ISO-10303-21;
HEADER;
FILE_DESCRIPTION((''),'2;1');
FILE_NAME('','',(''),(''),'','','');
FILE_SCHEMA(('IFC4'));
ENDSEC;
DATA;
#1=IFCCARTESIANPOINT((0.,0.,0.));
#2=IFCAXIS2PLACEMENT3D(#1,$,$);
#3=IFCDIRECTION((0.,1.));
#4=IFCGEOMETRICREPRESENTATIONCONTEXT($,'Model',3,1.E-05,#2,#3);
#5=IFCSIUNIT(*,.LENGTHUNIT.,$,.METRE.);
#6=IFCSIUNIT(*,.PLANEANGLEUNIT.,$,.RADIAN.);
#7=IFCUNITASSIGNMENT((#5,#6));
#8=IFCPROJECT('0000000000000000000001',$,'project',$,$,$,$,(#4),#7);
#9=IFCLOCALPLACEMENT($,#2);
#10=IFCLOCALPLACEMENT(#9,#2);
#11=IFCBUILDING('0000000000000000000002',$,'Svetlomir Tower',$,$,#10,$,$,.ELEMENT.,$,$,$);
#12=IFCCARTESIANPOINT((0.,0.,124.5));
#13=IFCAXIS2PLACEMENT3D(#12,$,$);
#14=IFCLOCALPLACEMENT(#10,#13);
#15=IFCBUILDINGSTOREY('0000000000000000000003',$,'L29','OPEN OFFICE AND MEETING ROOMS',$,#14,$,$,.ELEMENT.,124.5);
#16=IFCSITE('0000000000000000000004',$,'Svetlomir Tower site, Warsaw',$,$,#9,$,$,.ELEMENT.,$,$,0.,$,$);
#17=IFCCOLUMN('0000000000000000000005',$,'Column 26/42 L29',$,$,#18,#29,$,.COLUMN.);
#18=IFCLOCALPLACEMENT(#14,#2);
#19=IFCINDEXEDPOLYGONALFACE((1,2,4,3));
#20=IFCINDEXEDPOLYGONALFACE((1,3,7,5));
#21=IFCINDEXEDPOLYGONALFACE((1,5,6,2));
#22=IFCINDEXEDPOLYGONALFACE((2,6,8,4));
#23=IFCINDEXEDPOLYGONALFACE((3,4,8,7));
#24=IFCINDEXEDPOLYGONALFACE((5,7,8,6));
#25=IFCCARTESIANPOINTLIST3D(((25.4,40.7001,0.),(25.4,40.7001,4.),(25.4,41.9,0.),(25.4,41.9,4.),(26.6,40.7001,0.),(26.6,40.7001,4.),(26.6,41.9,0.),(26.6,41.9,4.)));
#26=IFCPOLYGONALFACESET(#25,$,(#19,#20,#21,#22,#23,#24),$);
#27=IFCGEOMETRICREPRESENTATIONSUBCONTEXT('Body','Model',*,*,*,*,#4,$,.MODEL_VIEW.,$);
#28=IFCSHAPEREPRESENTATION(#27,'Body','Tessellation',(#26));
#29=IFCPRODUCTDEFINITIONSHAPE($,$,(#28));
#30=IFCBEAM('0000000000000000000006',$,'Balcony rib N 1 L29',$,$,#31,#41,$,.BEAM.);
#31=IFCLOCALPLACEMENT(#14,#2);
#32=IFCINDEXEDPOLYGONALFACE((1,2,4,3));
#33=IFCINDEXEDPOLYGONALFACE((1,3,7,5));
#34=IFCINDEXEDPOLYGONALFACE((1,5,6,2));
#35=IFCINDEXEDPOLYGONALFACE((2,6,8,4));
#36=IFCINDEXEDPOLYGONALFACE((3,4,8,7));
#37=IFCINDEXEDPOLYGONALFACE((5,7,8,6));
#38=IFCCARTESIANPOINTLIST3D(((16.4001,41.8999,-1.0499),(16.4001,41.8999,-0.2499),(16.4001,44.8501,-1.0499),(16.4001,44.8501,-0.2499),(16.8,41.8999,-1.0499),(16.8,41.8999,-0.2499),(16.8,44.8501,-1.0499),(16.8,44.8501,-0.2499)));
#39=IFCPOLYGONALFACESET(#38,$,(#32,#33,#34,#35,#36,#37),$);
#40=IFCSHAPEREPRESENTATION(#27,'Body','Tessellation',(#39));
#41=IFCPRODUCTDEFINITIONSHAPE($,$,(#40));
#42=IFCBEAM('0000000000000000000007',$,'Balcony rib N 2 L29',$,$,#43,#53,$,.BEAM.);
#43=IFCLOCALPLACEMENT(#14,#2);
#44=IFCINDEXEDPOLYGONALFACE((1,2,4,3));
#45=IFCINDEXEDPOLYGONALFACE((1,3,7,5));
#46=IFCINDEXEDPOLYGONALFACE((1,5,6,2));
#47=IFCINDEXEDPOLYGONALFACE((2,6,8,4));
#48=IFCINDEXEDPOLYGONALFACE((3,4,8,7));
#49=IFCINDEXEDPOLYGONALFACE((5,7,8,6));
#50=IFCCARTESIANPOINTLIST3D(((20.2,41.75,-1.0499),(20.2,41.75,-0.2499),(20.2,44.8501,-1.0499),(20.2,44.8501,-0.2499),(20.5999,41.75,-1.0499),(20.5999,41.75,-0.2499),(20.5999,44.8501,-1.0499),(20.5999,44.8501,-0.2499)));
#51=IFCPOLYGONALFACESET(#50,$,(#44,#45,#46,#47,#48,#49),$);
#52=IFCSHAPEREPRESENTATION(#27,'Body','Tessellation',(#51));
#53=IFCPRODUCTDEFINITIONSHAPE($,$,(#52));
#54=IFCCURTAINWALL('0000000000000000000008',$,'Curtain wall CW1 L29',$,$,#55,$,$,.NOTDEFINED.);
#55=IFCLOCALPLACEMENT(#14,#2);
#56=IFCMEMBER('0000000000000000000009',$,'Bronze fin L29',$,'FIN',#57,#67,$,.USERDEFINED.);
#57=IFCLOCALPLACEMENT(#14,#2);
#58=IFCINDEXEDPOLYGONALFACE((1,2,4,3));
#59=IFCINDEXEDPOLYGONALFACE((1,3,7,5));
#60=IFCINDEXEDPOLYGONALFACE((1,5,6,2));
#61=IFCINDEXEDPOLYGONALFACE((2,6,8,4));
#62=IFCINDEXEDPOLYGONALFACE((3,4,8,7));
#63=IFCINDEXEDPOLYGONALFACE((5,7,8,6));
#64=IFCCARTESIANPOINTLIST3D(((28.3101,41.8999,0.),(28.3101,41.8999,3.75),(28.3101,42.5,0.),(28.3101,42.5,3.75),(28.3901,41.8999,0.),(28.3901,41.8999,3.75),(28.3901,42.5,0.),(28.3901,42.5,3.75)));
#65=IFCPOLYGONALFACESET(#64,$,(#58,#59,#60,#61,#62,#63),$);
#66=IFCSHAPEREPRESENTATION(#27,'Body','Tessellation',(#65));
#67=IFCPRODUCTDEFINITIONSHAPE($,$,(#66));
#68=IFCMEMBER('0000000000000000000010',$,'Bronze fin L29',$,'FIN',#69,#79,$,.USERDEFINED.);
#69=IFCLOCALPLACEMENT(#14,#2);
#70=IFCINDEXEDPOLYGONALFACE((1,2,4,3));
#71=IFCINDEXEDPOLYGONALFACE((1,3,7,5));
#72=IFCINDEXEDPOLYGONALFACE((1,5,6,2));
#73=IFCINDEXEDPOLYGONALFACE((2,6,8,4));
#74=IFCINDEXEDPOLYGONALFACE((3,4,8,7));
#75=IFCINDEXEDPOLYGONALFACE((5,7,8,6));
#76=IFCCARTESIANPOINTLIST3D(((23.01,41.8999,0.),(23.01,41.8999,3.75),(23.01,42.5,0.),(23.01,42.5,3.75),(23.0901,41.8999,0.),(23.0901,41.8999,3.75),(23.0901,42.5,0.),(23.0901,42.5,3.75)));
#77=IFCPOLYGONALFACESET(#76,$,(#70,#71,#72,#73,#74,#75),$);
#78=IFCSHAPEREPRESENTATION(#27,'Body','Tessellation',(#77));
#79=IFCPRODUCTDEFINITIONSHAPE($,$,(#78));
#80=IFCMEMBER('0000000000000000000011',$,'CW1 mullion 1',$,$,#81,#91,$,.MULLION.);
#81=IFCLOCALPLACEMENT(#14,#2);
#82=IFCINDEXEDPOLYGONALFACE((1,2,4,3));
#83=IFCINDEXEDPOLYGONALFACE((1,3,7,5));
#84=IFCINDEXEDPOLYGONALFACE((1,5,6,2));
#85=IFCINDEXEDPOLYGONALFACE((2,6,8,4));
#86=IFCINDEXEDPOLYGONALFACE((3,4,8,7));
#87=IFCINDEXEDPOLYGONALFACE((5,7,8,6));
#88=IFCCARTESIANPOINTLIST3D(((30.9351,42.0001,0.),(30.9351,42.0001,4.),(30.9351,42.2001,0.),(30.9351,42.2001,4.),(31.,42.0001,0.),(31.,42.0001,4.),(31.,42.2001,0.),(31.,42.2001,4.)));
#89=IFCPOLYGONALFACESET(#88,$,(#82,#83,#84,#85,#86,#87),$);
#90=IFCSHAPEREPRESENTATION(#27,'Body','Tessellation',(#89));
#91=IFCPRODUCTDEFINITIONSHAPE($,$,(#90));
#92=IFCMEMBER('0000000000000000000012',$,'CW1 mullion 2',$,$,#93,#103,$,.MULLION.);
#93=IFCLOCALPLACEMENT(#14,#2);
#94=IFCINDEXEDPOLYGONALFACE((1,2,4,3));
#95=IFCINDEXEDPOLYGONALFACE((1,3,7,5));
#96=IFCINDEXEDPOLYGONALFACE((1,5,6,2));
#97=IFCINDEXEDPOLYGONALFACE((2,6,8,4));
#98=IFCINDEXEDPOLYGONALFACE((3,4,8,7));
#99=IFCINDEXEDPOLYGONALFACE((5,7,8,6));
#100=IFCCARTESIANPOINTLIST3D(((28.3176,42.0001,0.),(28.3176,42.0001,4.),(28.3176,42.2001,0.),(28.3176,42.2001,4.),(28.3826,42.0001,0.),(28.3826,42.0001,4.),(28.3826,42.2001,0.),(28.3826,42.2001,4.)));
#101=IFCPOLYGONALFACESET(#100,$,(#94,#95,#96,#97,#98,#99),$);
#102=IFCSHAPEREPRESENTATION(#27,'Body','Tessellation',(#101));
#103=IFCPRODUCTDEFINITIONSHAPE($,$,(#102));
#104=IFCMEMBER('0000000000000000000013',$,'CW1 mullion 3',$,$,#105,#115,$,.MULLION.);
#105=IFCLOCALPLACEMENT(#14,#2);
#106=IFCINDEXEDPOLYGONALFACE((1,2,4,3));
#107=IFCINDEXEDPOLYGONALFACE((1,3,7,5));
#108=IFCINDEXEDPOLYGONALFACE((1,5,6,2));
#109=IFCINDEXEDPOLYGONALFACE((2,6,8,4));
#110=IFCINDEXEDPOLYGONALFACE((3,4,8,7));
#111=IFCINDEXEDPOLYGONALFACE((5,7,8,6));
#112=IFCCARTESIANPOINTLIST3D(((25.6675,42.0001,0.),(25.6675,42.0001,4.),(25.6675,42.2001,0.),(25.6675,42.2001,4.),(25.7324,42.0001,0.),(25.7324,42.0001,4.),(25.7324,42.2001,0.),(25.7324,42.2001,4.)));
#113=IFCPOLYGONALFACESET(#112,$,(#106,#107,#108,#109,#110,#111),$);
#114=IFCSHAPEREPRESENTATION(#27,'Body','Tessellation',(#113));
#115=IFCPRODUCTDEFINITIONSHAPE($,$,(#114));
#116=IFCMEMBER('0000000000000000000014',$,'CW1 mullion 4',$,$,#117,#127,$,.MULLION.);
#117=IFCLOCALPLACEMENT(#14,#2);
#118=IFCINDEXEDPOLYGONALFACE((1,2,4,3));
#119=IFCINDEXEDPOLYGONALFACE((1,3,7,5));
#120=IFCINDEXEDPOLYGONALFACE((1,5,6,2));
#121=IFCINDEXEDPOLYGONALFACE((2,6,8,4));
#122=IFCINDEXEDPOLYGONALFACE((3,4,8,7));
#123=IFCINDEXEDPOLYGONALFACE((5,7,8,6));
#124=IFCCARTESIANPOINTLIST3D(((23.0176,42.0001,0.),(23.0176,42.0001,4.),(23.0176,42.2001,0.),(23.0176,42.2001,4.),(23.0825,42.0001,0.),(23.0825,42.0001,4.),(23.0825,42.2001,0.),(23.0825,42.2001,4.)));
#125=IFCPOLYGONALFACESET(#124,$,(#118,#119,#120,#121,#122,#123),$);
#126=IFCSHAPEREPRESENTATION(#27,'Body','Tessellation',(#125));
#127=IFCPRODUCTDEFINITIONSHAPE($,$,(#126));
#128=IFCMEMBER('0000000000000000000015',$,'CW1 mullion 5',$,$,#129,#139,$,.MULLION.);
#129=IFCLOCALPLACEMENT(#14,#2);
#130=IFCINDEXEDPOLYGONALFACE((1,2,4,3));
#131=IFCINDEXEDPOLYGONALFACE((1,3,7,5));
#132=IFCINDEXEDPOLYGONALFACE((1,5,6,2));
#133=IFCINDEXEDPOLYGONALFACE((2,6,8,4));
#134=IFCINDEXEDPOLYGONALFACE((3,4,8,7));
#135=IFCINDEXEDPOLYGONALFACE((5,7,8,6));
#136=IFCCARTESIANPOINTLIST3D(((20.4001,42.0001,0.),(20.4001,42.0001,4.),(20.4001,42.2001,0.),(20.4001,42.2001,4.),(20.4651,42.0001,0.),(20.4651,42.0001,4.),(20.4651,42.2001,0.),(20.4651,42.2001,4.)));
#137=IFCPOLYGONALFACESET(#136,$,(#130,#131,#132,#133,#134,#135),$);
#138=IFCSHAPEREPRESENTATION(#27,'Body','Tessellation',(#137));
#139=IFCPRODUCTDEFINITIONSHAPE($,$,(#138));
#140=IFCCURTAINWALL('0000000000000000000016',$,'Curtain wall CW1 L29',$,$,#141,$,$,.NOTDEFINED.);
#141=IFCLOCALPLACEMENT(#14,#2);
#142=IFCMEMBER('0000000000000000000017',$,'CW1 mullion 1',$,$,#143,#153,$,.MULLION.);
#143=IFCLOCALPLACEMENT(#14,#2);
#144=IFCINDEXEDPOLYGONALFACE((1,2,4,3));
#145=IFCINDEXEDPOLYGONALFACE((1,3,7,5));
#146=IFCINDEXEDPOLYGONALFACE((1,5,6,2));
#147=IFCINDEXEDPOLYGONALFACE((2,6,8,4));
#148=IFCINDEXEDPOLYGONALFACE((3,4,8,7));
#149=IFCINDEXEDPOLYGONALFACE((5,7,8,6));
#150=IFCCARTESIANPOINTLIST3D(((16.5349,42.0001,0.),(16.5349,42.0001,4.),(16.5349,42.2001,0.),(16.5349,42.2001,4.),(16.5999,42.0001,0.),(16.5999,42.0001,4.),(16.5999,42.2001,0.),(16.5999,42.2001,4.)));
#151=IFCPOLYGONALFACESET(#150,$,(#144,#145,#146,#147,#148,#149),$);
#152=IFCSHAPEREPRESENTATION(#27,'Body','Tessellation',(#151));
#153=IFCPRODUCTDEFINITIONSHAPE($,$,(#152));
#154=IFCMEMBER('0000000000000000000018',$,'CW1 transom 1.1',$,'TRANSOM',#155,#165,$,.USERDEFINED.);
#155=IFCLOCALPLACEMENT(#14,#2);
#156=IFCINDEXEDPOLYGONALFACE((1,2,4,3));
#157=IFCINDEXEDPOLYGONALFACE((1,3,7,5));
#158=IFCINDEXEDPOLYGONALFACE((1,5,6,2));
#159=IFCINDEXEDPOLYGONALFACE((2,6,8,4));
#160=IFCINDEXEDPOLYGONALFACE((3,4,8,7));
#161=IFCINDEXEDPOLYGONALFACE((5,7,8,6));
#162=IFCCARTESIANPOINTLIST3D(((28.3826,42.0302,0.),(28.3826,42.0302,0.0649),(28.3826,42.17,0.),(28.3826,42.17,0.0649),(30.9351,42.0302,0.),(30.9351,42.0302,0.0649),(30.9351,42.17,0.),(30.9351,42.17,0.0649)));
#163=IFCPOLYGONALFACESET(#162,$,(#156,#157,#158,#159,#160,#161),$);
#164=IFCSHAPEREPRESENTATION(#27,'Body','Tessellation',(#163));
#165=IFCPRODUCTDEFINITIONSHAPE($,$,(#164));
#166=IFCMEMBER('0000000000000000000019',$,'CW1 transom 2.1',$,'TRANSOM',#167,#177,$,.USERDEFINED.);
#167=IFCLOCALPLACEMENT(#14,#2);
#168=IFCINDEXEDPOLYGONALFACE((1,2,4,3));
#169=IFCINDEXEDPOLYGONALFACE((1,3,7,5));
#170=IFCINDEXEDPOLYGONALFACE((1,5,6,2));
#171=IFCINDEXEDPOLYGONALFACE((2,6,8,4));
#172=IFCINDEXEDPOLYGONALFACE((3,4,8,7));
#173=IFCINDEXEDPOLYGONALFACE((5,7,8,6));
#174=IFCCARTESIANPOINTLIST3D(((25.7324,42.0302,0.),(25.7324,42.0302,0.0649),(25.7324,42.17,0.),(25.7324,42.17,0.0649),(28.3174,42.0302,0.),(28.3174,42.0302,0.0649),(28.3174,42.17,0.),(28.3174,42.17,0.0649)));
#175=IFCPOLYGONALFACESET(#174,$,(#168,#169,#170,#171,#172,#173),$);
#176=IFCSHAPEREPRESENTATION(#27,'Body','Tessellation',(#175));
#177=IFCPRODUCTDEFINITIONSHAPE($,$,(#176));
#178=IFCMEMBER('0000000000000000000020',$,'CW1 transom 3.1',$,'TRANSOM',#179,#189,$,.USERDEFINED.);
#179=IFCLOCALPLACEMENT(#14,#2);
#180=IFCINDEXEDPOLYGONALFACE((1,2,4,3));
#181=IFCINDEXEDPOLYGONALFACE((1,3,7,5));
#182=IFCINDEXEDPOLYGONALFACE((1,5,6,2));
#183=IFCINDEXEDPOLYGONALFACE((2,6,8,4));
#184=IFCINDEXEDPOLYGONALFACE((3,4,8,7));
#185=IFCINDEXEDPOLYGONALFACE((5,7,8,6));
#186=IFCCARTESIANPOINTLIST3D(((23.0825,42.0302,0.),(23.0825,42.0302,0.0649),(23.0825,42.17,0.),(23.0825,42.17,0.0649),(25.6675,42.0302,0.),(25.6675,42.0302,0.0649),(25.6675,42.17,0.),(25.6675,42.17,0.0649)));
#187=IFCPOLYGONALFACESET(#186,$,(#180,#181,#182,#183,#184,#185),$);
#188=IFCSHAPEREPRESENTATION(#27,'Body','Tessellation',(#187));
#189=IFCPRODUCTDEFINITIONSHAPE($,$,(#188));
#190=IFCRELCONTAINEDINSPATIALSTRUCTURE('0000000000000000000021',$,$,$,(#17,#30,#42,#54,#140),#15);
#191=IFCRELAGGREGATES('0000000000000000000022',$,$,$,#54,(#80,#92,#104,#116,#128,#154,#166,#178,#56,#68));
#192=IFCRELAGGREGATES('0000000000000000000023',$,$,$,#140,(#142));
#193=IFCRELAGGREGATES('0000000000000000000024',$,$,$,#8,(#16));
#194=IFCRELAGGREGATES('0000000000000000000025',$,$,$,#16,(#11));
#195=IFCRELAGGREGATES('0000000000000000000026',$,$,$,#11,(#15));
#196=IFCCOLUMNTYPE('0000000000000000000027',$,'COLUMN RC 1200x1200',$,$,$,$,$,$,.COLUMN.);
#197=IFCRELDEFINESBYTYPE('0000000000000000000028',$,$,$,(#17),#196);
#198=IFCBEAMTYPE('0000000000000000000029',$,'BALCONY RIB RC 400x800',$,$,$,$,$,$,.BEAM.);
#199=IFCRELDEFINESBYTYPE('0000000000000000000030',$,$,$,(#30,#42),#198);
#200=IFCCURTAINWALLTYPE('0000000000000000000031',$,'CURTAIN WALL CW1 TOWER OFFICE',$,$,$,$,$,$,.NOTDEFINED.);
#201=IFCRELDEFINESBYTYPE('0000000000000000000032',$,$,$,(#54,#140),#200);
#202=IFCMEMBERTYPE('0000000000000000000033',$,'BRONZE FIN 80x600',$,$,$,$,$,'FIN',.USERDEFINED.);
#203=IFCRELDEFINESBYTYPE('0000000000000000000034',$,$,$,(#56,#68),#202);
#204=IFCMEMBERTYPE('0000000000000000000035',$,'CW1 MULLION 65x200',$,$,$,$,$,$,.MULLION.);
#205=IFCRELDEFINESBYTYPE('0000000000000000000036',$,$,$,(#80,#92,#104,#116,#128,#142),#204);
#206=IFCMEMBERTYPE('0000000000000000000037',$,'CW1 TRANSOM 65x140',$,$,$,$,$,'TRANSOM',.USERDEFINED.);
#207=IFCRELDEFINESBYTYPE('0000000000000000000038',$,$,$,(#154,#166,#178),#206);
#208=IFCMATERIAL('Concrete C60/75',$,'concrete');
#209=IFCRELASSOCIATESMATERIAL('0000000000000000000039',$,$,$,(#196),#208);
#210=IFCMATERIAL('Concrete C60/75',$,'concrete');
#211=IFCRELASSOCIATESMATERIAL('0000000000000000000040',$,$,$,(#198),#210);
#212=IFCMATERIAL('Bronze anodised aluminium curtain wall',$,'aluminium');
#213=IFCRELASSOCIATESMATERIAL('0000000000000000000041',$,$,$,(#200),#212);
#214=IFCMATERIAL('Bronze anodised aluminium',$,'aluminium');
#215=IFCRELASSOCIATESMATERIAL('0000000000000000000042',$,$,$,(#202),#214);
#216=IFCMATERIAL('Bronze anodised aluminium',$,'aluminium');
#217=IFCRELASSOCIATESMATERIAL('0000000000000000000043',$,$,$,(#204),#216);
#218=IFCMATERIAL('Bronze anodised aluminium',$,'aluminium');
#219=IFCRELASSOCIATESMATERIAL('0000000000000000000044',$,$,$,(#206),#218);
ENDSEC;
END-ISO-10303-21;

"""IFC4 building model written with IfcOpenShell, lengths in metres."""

from ifc_helpers import new_model, si_unit, direction, frame, origin, origin_2d, place, context, subcontext, project, spatial, rectangle, extrude, material, material_profile, profile_set, type_object, element, aggregate, save


model = new_model("IFC4")

# Units and contexts
model_context = context("Model", 3, precision=1e-05, world=origin(), true_north=direction((0.0, 1.0)))
body_context = subcontext(model_context, "Body", "Model", "MODEL_VIEW")
ifc_project = project(units=[si_unit("LENGTHUNIT", "METRE"), si_unit("PLANEANGLEUNIT", "RADIAN")], contexts=[model_context])

# Site, building, storey
site_placement = place(None, origin())
site = spatial("IfcSite", under=ifc_project, at=site_placement, Name="Svetlomir Tower site, Warsaw", CompositionType="ELEMENT", RefElevation=0.0)
building_placement = place(site_placement, origin())
building = spatial("IfcBuilding", under=site, at=building_placement, Name="Svetlomir Tower", CompositionType="ELEMENT")
storey_placement = place(building_placement, frame((0.0, 0.0, 124.5)))
storey = spatial("IfcBuildingStorey", under=building, at=storey_placement, Name="L29", Description="OPEN OFFICE AND MEETING ROOMS", CompositionType="ELEMENT", Elevation=124.5)

# Column
ifc_material_1 = material(Name="Concrete C60/75", Category="concrete")
ifc_material_profile_1 = material_profile(ifc_material_1, rectangle(XDim=1.2, YDim=1.2, at=origin_2d()), Name="RC 1200x1200")
ifc_profile_set_1 = profile_set([ifc_material_profile_1], Name="Concrete C60/75")
column_type = type_object("IfcColumnType", Name="COLUMN RC 1200x1200", PredefinedType="COLUMN", material=ifc_profile_set_1)
column_placement = place(storey_placement, frame((26.0, 41.3, 0.0), z_axis=(0.0, 0.0, 1.0), x_axis=(1.0, 0.0, 0.0)))
element("IfcColumn", 1, at=column_placement, inside=storey, type_object=column_type, Name="Column 26/42 L29", PredefinedType="COLUMN", context=body_context, shape_type="SweptSolid", body=[
    extrude(rectangle(XDim=1.2, YDim=1.2, at=origin_2d()), origin(), (0.0, 0.0, 1.0), 4.0),
])

# Beams
ifc_material_2 = material(Name="Concrete C60/75", Category="concrete")
ifc_material_profile_2 = material_profile(ifc_material_2, rectangle(XDim=0.3999, YDim=0.8, at=origin_2d()), Name="RC 400x800")
ifc_profile_set_2 = profile_set([ifc_material_profile_2], Name="Concrete C60/75")
beam_type_1 = type_object("IfcBeamType", Name="BALCONY RIB RC 400x800", PredefinedType="BEAM", material=ifc_profile_set_2)
beam_1_placement = place(storey_placement, frame((16.6001, 41.8999, -0.6499), z_axis=(0.0, 1.0, 0.0), x_axis=(-1.0, 0.0, 0.0)))
element("IfcBeam", 2, at=beam_1_placement, inside=storey, type_object=beam_type_1, Name="Balcony rib N 1 L29", PredefinedType="BEAM", context=body_context, shape_type="SweptSolid", body=[
    extrude(rectangle(XDim=0.3999, YDim=0.8, at=origin_2d()), origin(), (0.0, 0.0, 1.0), 2.9502),
])
beam_2_placement = place(storey_placement, frame((20.3999, 41.75, -0.6499), z_axis=(0.0, 1.0, 0.0), x_axis=(-1.0, 0.0, 0.0)))
element("IfcBeam", 3, at=beam_2_placement, inside=storey, type_object=beam_type_1, Name="Balcony rib N 2 L29", PredefinedType="BEAM", context=body_context, shape_type="SweptSolid", body=[
    extrude(rectangle(XDim=0.3999, YDim=0.8, at=origin_2d()), origin(), (0.0, 0.0, 1.0), 3.1001),
])

# Curtain wall, members
ifc_material_3 = material(Name="Bronze anodised aluminium curtain wall", Category="aluminium")
curtain_wall_type = type_object("IfcCurtainWallType", Name="CURTAIN WALL CW1 TOWER OFFICE", PredefinedType="NOTDEFINED", material=ifc_material_3)
curtain_wall_1_placement = place(storey_placement, origin())
curtain_wall_1 = element("IfcCurtainWall", 4, at=curtain_wall_1_placement, inside=storey, type_object=curtain_wall_type, Name="Curtain wall CW1 L29", PredefinedType="NOTDEFINED")
ifc_material_4 = material(Name="Bronze anodised aluminium", Category="aluminium")
ifc_material_profile_3 = material_profile(ifc_material_4, rectangle(XDim=0.0801, YDim=0.6001, at=origin_2d()), Name="FIN 80x600")
ifc_profile_set_3 = profile_set([ifc_material_profile_3], Name="Bronze anodised aluminium 6063-T6")
member_type_1 = type_object("IfcMemberType", Name="BRONZE FIN 80x600", ElementType="FIN", PredefinedType="USERDEFINED", material=ifc_profile_set_3)
member_1_placement = place(storey_placement, frame((28.3501, 42.2, 0.0), z_axis=(0.0, 0.0, 1.0), x_axis=(1.0, 0.0, 0.0)))
member_1 = element("IfcMember", 5, at=member_1_placement, type_object=member_type_1, Name="Bronze fin L29", ObjectType="FIN", PredefinedType="USERDEFINED", context=body_context, shape_type="SweptSolid", body=[
    extrude(rectangle(XDim=0.0801, YDim=0.6001, at=origin_2d()), origin(), (0.0, 0.0, 1.0), 3.75),
])
member_2_placement = place(storey_placement, frame((23.05, 42.2, 0.0), z_axis=(0.0, 0.0, 1.0), x_axis=(1.0, 0.0, 0.0)))
member_2 = element("IfcMember", 6, at=member_2_placement, type_object=member_type_1, Name="Bronze fin L29", ObjectType="FIN", PredefinedType="USERDEFINED", context=body_context, shape_type="SweptSolid", body=[
    extrude(rectangle(XDim=0.0801, YDim=0.6001, at=origin_2d()), origin(), (0.0, 0.0, 1.0), 3.75),
])
ifc_material_5 = material(Name="Bronze anodised aluminium", Category="aluminium")
ifc_material_profile_4 = material_profile(ifc_material_5, rectangle(XDim=0.0649, YDim=0.2, at=origin_2d()), Name="AL 65x200")
ifc_profile_set_4 = profile_set([ifc_material_profile_4], Name="Bronze anodised aluminium 6063-T6")
member_type_2 = type_object("IfcMemberType", Name="CW1 MULLION 65x200", PredefinedType="MULLION", material=ifc_profile_set_4)
member_3_placement = place(storey_placement, frame((30.9675, 42.1001, 0.0), z_axis=(0.0, 0.0, 1.0), x_axis=(-1.0, 0.0, 0.0)))
member_3 = element("IfcMember", 7, at=member_3_placement, type_object=member_type_2, Name="CW1 mullion 1", PredefinedType="MULLION", context=body_context, shape_type="SweptSolid", body=[
    extrude(rectangle(XDim=0.0649, YDim=0.2, at=origin_2d()), origin(), (0.0, 0.0, 1.0), 4.0),
])
member_4_placement = place(storey_placement, frame((28.3501, 42.1001, 0.0), z_axis=(0.0, 0.0, 1.0), x_axis=(-1.0, 0.0, 0.0)))
member_4 = element("IfcMember", 8, at=member_4_placement, type_object=member_type_2, Name="CW1 mullion 2", PredefinedType="MULLION", context=body_context, shape_type="SweptSolid", body=[
    extrude(rectangle(XDim=0.0649, YDim=0.2, at=origin_2d()), origin(), (0.0, 0.0, 1.0), 4.0),
])
member_5_placement = place(storey_placement, frame((25.7, 42.1001, 0.0), z_axis=(0.0, 0.0, 1.0), x_axis=(-1.0, 0.0, 0.0)))
member_5 = element("IfcMember", 9, at=member_5_placement, type_object=member_type_2, Name="CW1 mullion 3", PredefinedType="MULLION", context=body_context, shape_type="SweptSolid", body=[
    extrude(rectangle(XDim=0.0649, YDim=0.2, at=origin_2d()), origin(), (0.0, 0.0, 1.0), 4.0),
])
member_6_placement = place(storey_placement, frame((23.05, 42.1001, 0.0), z_axis=(0.0, 0.0, 1.0), x_axis=(-1.0, 0.0, 0.0)))
member_6 = element("IfcMember", 10, at=member_6_placement, type_object=member_type_2, Name="CW1 mullion 4", PredefinedType="MULLION", context=body_context, shape_type="SweptSolid", body=[
    extrude(rectangle(XDim=0.0649, YDim=0.2, at=origin_2d()), origin(), (0.0, 0.0, 1.0), 4.0),
])
member_7_placement = place(storey_placement, frame((20.4326, 42.1001, 0.0), z_axis=(0.0, 0.0, 1.0), x_axis=(-1.0, 0.0, 0.0)))
member_7 = element("IfcMember", 11, at=member_7_placement, type_object=member_type_2, Name="CW1 mullion 5", PredefinedType="MULLION", context=body_context, shape_type="SweptSolid", body=[
    extrude(rectangle(XDim=0.0649, YDim=0.2, at=origin_2d()), origin(), (0.0, 0.0, 1.0), 4.0),
])

# Curtain wall, member
curtain_wall_2_placement = place(storey_placement, origin())
curtain_wall_2 = element("IfcCurtainWall", 12, at=curtain_wall_2_placement, inside=storey, type_object=curtain_wall_type, Name="Curtain wall CW1 L29", PredefinedType="NOTDEFINED")
member_8_placement = place(storey_placement, frame((16.5674, 42.1001, 0.0), z_axis=(0.0, 0.0, 1.0), x_axis=(-1.0, 0.0, 0.0)))
member_8 = element("IfcMember", 13, at=member_8_placement, type_object=member_type_2, Name="CW1 mullion 1", PredefinedType="MULLION", context=body_context, shape_type="SweptSolid", body=[
    extrude(rectangle(XDim=0.0649, YDim=0.2, at=origin_2d()), origin(), (0.0, 0.0, 1.0), 4.0),
])

# Members
ifc_material_6 = material(Name="Bronze anodised aluminium", Category="aluminium")
ifc_material_profile_5 = material_profile(ifc_material_6, rectangle(XDim=0.1399, YDim=0.0649, at=origin_2d()), Name="AL 140x65")
ifc_profile_set_5 = profile_set([ifc_material_profile_5], Name="Bronze anodised aluminium 6063-T6")
member_type_3 = type_object("IfcMemberType", Name="CW1 TRANSOM 65x140", ElementType="TRANSOM", PredefinedType="USERDEFINED", material=ifc_profile_set_5)
member_9_placement = place(storey_placement, frame((30.9351, 42.1001, 0.0325), z_axis=(-1.0, 0.0, 0.0), x_axis=(0.0, -1.0, 0.0)))
member_9 = element("IfcMember", 14, at=member_9_placement, type_object=member_type_3, Name="CW1 transom 1.1", ObjectType="TRANSOM", PredefinedType="USERDEFINED", context=body_context, shape_type="SweptSolid", body=[
    extrude(rectangle(XDim=0.1399, YDim=0.0649, at=origin_2d()), origin(), (0.0, 0.0, 1.0), 2.5525),
])
member_10_placement = place(storey_placement, frame((28.3174, 42.1001, 0.0325), z_axis=(-1.0, 0.0, 0.0), x_axis=(0.0, -1.0, 0.0)))
member_10 = element("IfcMember", 15, at=member_10_placement, type_object=member_type_3, Name="CW1 transom 2.1", ObjectType="TRANSOM", PredefinedType="USERDEFINED", context=body_context, shape_type="SweptSolid", body=[
    extrude(rectangle(XDim=0.1399, YDim=0.0649, at=origin_2d()), origin(), (0.0, 0.0, 1.0), 2.585),
])
member_11_placement = place(storey_placement, frame((25.6675, 42.1001, 0.0325), z_axis=(-1.0, 0.0, 0.0), x_axis=(0.0, -1.0, 0.0)))
member_11 = element("IfcMember", 16, at=member_11_placement, type_object=member_type_3, Name="CW1 transom 3.1", ObjectType="TRANSOM", PredefinedType="USERDEFINED", context=body_context, shape_type="SweptSolid", body=[
    extrude(rectangle(XDim=0.1399, YDim=0.0649, at=origin_2d()), origin(), (0.0, 0.0, 1.0), 2.585),
])

aggregate(curtain_wall_1, [member_3, member_4, member_5, member_6, member_7, member_9, member_10, member_11, member_1, member_2])
aggregate(curtain_wall_2, [member_8])

save(model, "model.ifc")
